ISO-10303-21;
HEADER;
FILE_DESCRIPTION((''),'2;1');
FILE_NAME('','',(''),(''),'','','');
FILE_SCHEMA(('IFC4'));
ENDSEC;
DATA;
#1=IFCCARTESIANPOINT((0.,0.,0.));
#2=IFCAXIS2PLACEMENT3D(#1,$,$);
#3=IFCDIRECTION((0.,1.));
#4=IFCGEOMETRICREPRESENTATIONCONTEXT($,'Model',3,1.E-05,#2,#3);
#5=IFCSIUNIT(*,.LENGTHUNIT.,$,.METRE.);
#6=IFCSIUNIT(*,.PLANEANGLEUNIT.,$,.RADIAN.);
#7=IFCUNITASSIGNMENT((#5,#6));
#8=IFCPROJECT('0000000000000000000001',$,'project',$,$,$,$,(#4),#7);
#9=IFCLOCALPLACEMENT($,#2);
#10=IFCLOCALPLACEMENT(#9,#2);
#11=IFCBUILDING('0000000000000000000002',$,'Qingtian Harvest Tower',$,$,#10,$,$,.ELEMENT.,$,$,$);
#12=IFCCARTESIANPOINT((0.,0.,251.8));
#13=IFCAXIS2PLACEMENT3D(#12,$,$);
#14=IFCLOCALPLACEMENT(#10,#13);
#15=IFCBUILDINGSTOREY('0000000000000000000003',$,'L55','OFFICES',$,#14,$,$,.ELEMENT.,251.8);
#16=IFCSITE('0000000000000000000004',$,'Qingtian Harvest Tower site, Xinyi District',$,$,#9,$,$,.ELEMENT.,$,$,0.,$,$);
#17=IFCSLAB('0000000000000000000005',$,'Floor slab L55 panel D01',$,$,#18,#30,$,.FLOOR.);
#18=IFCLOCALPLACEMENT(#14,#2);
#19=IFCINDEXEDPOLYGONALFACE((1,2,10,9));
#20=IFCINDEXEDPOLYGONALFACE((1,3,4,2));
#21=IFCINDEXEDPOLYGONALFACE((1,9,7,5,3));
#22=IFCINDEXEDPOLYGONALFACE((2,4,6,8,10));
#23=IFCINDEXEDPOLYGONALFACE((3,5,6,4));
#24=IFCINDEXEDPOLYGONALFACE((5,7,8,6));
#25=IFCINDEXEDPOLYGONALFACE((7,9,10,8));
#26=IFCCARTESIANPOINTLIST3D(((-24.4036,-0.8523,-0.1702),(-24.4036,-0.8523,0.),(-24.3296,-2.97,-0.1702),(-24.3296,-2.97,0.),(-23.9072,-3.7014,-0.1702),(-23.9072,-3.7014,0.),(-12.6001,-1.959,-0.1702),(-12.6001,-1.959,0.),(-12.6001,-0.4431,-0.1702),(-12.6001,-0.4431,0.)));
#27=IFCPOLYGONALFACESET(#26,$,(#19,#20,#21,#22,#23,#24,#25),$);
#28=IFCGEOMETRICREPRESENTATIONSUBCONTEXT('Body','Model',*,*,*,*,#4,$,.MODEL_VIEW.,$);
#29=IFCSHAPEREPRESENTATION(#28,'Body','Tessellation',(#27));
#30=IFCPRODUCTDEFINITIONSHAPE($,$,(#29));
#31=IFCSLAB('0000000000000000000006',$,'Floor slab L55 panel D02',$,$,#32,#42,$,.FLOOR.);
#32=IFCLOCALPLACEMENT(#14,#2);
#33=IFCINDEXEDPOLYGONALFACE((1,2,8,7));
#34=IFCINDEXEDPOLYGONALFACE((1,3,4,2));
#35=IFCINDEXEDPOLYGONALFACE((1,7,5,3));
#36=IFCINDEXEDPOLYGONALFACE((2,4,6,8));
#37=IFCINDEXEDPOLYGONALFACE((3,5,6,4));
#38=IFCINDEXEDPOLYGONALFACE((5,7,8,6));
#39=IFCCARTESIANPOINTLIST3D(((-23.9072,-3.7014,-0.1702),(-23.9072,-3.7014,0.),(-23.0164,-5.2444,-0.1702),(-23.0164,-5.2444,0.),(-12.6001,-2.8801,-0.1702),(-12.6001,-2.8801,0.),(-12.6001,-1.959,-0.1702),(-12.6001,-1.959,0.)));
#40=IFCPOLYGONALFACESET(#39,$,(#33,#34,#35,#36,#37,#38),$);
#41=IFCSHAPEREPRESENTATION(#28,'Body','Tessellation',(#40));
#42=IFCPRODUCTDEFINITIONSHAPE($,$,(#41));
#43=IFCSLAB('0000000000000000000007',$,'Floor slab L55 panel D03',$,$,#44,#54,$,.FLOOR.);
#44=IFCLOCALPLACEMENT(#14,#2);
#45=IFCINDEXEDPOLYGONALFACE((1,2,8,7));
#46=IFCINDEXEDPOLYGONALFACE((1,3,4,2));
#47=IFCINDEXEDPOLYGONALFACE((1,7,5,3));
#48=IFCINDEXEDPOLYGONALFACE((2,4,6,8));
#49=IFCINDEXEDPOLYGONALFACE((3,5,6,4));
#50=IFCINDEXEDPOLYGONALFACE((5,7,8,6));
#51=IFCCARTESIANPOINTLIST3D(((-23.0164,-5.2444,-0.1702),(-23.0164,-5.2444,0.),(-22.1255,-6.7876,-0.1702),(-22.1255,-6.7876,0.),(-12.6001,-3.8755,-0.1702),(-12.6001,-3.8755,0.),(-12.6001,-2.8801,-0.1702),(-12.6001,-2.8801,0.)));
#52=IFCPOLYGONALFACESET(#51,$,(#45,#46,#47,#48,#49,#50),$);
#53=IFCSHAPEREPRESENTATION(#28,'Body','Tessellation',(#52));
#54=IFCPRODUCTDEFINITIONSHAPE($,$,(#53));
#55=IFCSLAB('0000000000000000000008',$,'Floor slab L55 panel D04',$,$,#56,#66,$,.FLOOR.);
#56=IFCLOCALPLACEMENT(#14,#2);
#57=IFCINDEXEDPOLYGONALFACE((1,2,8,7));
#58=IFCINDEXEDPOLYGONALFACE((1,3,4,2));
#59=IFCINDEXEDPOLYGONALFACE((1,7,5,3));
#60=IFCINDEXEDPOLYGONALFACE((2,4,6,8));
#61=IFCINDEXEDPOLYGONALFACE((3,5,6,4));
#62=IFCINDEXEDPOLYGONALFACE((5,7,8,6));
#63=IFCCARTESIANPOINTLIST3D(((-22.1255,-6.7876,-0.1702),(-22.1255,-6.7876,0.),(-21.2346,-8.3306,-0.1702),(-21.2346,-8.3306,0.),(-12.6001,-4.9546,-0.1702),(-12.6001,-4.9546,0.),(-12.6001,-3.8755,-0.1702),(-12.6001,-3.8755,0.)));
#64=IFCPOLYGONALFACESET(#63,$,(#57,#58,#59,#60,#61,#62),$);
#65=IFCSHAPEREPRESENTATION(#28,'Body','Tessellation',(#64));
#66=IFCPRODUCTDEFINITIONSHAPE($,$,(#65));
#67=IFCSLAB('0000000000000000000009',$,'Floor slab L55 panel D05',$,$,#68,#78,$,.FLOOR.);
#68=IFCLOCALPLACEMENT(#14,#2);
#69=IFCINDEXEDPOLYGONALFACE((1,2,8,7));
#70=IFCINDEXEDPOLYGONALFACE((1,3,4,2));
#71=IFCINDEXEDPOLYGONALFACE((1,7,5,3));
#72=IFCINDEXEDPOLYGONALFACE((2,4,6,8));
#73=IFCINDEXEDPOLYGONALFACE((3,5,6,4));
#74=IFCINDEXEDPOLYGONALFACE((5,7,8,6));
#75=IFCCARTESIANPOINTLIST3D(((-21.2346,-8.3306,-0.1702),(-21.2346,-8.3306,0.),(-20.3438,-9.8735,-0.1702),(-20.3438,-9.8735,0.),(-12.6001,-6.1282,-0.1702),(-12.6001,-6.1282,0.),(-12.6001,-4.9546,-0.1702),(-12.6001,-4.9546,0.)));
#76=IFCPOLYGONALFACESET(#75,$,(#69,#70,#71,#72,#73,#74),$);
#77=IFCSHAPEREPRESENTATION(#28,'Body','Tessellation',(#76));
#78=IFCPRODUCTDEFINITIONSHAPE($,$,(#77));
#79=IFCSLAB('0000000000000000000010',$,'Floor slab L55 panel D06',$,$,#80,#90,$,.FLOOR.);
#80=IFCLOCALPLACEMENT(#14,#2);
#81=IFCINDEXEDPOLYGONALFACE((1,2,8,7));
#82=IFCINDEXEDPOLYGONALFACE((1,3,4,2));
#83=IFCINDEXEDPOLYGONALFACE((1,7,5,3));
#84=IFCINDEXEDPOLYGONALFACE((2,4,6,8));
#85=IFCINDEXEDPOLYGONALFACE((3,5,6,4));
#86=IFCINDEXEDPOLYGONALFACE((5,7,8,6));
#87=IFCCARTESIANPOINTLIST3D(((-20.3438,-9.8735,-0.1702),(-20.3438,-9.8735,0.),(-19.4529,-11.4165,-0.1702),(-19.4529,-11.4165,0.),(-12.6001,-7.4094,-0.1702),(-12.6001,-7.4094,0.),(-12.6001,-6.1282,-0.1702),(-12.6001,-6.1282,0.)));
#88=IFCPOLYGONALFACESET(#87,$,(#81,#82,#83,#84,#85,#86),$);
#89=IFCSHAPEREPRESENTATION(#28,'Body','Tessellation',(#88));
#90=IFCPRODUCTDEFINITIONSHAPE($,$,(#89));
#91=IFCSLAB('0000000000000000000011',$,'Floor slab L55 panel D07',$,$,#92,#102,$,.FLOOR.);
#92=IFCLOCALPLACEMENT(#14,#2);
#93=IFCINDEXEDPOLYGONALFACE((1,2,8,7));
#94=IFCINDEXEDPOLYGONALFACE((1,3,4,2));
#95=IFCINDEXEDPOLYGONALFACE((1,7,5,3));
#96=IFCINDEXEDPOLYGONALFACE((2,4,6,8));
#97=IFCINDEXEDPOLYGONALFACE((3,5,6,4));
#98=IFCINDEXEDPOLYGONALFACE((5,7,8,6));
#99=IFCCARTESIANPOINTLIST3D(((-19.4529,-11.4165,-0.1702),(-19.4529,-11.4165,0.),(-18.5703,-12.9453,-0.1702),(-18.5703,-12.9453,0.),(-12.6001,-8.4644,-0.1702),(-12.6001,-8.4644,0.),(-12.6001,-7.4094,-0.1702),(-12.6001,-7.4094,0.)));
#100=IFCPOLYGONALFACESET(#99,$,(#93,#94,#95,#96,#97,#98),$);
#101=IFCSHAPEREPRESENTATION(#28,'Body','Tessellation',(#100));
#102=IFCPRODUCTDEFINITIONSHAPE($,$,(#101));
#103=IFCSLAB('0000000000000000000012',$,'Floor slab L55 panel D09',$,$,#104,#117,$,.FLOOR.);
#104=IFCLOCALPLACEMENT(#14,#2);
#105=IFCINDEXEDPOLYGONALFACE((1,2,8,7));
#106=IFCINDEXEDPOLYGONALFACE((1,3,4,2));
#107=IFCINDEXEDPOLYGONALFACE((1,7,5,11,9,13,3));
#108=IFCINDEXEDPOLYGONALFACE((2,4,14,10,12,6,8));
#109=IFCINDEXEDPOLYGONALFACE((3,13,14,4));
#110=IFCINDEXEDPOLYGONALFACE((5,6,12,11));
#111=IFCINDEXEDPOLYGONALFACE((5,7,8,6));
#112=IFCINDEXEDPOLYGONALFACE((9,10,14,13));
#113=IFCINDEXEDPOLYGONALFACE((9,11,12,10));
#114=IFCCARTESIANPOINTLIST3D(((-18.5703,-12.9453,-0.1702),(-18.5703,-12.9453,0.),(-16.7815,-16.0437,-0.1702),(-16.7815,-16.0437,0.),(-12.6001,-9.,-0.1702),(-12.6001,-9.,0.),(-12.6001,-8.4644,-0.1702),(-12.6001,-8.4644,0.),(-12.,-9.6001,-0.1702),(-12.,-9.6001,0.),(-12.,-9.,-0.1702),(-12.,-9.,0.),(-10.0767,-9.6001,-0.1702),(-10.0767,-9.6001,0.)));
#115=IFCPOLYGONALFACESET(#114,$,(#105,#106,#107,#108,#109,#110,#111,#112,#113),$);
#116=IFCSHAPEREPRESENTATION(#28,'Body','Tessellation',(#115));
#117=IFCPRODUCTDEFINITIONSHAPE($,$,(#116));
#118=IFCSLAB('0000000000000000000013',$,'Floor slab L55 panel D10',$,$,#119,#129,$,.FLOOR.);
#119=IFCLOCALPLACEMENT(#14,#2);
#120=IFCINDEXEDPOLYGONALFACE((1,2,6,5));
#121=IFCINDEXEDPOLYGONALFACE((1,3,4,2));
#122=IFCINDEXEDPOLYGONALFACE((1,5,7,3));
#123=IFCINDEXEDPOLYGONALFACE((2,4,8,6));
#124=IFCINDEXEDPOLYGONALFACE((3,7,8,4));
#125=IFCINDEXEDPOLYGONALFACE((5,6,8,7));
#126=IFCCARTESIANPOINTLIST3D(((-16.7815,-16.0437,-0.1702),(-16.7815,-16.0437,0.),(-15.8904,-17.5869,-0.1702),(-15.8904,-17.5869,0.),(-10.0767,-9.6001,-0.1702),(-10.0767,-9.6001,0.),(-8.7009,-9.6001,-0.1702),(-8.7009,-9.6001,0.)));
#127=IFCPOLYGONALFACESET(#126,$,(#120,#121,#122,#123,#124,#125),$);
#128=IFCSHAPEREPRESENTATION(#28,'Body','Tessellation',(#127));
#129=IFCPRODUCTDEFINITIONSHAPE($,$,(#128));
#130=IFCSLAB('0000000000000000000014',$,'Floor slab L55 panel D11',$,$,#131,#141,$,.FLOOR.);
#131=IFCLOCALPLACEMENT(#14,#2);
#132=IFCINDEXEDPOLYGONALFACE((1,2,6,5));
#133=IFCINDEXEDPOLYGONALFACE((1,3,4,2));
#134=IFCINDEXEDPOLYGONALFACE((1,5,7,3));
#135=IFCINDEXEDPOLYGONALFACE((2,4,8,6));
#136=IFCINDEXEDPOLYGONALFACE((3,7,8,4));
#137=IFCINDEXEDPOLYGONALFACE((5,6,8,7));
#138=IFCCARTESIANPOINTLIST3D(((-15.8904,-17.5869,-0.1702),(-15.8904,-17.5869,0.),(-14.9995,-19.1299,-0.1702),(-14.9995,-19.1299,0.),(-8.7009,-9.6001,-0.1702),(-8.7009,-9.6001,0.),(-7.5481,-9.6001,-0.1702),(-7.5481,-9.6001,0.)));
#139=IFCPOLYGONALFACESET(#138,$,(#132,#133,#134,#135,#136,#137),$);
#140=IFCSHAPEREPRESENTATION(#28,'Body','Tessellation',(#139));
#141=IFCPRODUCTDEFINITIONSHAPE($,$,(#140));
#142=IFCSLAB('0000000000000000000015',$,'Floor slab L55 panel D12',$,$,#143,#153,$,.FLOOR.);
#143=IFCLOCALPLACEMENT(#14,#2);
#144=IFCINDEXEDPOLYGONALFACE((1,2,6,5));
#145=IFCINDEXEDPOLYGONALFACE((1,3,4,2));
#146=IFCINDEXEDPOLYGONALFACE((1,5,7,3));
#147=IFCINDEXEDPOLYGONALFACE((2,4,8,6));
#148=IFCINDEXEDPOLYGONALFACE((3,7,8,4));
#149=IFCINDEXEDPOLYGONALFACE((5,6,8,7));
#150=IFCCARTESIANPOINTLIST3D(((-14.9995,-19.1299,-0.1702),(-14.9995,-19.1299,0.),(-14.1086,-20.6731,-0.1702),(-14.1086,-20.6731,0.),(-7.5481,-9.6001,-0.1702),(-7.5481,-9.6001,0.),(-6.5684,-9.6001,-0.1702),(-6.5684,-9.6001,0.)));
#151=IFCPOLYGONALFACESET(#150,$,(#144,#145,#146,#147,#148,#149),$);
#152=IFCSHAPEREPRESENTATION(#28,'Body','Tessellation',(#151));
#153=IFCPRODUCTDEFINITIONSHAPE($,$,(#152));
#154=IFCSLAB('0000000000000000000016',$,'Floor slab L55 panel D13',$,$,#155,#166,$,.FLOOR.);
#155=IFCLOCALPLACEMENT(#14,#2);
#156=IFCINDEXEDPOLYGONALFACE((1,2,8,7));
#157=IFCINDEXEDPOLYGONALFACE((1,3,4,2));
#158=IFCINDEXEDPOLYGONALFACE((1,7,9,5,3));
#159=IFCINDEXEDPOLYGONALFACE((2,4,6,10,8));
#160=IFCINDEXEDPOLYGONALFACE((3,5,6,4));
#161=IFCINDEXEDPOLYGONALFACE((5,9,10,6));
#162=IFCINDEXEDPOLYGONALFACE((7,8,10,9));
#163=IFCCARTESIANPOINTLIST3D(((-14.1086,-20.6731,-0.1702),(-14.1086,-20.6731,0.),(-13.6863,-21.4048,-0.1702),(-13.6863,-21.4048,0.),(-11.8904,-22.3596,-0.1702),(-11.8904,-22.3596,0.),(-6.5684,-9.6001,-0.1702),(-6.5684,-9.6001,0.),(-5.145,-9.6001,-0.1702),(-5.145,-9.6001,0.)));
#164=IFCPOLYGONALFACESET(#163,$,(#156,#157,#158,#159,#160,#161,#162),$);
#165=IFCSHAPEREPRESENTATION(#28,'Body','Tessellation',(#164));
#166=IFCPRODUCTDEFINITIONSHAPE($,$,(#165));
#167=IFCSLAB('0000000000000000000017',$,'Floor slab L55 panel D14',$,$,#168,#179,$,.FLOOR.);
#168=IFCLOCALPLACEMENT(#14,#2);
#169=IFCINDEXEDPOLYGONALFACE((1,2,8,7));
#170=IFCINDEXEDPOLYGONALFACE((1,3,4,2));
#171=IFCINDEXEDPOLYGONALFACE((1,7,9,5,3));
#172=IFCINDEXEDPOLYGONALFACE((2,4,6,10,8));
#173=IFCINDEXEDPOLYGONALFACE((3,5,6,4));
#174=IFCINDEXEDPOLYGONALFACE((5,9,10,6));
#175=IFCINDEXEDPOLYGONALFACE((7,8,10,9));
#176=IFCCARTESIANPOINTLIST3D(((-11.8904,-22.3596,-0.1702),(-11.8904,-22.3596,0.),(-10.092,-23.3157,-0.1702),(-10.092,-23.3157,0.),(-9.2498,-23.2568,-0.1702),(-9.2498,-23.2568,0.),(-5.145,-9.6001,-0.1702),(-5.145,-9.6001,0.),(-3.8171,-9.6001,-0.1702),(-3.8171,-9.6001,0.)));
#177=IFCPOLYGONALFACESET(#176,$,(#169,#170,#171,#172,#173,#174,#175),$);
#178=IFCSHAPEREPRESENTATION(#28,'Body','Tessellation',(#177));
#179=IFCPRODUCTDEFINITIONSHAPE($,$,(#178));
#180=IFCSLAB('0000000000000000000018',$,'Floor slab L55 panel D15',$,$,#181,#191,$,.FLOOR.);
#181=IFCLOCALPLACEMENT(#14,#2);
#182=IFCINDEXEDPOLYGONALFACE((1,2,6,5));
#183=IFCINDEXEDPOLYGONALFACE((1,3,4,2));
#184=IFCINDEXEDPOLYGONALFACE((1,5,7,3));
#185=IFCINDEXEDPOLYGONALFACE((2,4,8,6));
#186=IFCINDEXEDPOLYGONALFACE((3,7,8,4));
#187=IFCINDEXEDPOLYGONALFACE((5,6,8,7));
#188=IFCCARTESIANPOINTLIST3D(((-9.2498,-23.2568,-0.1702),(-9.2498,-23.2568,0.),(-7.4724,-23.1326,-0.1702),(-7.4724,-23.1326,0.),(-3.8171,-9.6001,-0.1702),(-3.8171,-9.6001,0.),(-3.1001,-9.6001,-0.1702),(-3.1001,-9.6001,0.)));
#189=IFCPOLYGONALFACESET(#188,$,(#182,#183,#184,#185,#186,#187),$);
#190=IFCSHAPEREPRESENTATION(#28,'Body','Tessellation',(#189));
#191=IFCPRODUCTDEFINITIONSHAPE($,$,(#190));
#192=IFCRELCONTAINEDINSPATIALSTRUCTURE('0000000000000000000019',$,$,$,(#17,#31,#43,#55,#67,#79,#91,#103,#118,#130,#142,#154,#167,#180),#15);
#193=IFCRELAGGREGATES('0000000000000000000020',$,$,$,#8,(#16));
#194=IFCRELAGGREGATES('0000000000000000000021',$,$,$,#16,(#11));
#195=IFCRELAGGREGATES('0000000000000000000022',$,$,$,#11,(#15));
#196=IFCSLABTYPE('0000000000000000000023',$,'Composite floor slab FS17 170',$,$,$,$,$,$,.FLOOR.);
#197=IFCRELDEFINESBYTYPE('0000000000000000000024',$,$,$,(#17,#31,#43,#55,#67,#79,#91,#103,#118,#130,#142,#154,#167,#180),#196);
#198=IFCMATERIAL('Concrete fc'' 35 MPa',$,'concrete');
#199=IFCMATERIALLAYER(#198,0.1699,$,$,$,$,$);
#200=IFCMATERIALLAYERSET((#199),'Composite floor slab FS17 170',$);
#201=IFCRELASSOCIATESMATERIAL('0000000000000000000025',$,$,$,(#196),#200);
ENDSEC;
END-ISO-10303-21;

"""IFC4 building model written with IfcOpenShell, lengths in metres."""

from ifc_helpers import new_model, si_unit, direction, frame, origin, place, context, subcontext, project, spatial, polyline, outline, extrude, material, layer, layer_set, type_object, element, save


model = new_model("IFC4")

# Units and contexts
model_context = context("Model", 3, precision=1e-05, world=origin(), true_north=direction((0.0, 1.0)))
body_context = subcontext(model_context, "Body", "Model", "MODEL_VIEW")
ifc_project = project(units=[si_unit("LENGTHUNIT", "METRE"), si_unit("PLANEANGLEUNIT", "RADIAN")], contexts=[model_context])

# Site, building, storey
site_placement = place(None, origin())
site = spatial("IfcSite", under=ifc_project, at=site_placement, Name="Qingtian Harvest Tower site, Xinyi District", CompositionType="ELEMENT", RefElevation=0.0)
building_placement = place(site_placement, origin())
building = spatial("IfcBuilding", under=site, at=building_placement, Name="Qingtian Harvest Tower", CompositionType="ELEMENT")
storey_placement = place(building_placement, frame((0.0, 0.0, 251.8)))
storey = spatial("IfcBuildingStorey", under=building, at=storey_placement, Name="L55", Description="OFFICES", CompositionType="ELEMENT", Elevation=251.8)

# Slabs
ifc_material_1 = material(Name="Concrete fc' 35 MPa", Category="concrete")
ifc_layer_1 = layer(ifc_material_1, 0.1699)
ifc_layer_set_1 = layer_set([ifc_layer_1], Name="Composite floor slab FS17 170")
slab_type_1 = type_object("IfcSlabType", Name="Composite floor slab FS17 170", PredefinedType="FLOOR", material=ifc_layer_set_1)
slab_1_placement = place(storey_placement, frame((0.0, 0.0, -0.1702)))
element("IfcSlab", 1, at=slab_1_placement, inside=storey, type_object=slab_type_1, Name="Floor slab L55 panel D01", PredefinedType="FLOOR", context=body_context, shape_type="SweptSolid", body=[
    extrude(outline(polyline([(-24.4036, -0.8523), (-12.6001, -0.4431), (-12.6001, -1.959), (-23.9072, -3.7014), (-24.3296, -2.97), (-24.4036, -0.8523)])), origin(), (0.0, 0.0, 1.0), 0.1702),
])
slab_2_placement = place(storey_placement, frame((0.0, 0.0, -0.1702)))
element("IfcSlab", 2, at=slab_2_placement, inside=storey, type_object=slab_type_1, Name="Floor slab L55 panel D02", PredefinedType="FLOOR", context=body_context, shape_type="SweptSolid", body=[
    extrude(outline(polyline([(-12.6001, -2.8801), (-23.0164, -5.2444), (-23.9072, -3.7014), (-12.6001, -1.959), (-12.6001, -2.8801)])), origin(), (0.0, 0.0, 1.0), 0.1702),
])
slab_3_placement = place(storey_placement, frame((0.0, 0.0, -0.1702)))
element("IfcSlab", 3, at=slab_3_placement, inside=storey, type_object=slab_type_1, Name="Floor slab L55 panel D03", PredefinedType="FLOOR", context=body_context, shape_type="SweptSolid", body=[
    extrude(outline(polyline([(-12.6001, -3.8755), (-22.1255, -6.7876), (-23.0164, -5.2444), (-12.6001, -2.8801), (-12.6001, -3.8755)])), origin(), (0.0, 0.0, 1.0), 0.1702),
])
slab_4_placement = place(storey_placement, frame((0.0, 0.0, -0.1702)))
element("IfcSlab", 4, at=slab_4_placement, inside=storey, type_object=slab_type_1, Name="Floor slab L55 panel D04", PredefinedType="FLOOR", context=body_context, shape_type="SweptSolid", body=[
    extrude(outline(polyline([(-12.6001, -4.9546), (-21.2346, -8.3306), (-22.1255, -6.7876), (-12.6001, -3.8755), (-12.6001, -4.9546)])), origin(), (0.0, 0.0, 1.0), 0.1702),
])
slab_5_placement = place(storey_placement, frame((0.0, 0.0, -0.1702)))
element("IfcSlab", 5, at=slab_5_placement, inside=storey, type_object=slab_type_1, Name="Floor slab L55 panel D05", PredefinedType="FLOOR", context=body_context, shape_type="SweptSolid", body=[
    extrude(outline(polyline([(-12.6001, -6.1282), (-20.3438, -9.8735), (-21.2346, -8.3306), (-12.6001, -4.9546), (-12.6001, -6.1282)])), origin(), (0.0, 0.0, 1.0), 0.1702),
])
slab_6_placement = place(storey_placement, frame((0.0, 0.0, -0.1702)))
element("IfcSlab", 6, at=slab_6_placement, inside=storey, type_object=slab_type_1, Name="Floor slab L55 panel D06", PredefinedType="FLOOR", context=body_context, shape_type="SweptSolid", body=[
    extrude(outline(polyline([(-12.6001, -7.4094), (-19.4529, -11.4165), (-20.3438, -9.8735), (-12.6001, -6.1282), (-12.6001, -7.4094)])), origin(), (0.0, 0.0, 1.0), 0.1702),
])
slab_7_placement = place(storey_placement, frame((0.0, 0.0, -0.1702)))
element("IfcSlab", 7, at=slab_7_placement, inside=storey, type_object=slab_type_1, Name="Floor slab L55 panel D07", PredefinedType="FLOOR", context=body_context, shape_type="SweptSolid", body=[
    extrude(outline(polyline([(-12.6001, -8.4644), (-18.5703, -12.9453), (-19.4529, -11.4165), (-12.6001, -7.4094), (-12.6001, -8.4644)])), origin(), (0.0, 0.0, 1.0), 0.1702),
])
slab_8_placement = place(storey_placement, frame((0.0, 0.0, -0.1702)))
element("IfcSlab", 8, at=slab_8_placement, inside=storey, type_object=slab_type_1, Name="Floor slab L55 panel D09", PredefinedType="FLOOR", context=body_context, shape_type="SweptSolid", body=[
    extrude(outline(polyline([(-16.7815, -16.0437), (-18.5703, -12.9453), (-12.6001, -8.4644), (-12.6001, -9.0), (-12.0, -9.0), (-12.0, -9.6001), (-10.0767, -9.6001), (-16.7815, -16.0437)])), origin(), (0.0, 0.0, 1.0), 0.1702),
])
slab_9_placement = place(storey_placement, frame((0.0, 0.0, -0.1702)))
element("IfcSlab", 9, at=slab_9_placement, inside=storey, type_object=slab_type_1, Name="Floor slab L55 panel D10", PredefinedType="FLOOR", context=body_context, shape_type="SweptSolid", body=[
    extrude(outline(polyline([(-8.7009, -9.6001), (-15.8904, -17.5869), (-16.7815, -16.0437), (-10.0767, -9.6001), (-8.7009, -9.6001)])), origin(), (0.0, 0.0, 1.0), 0.1702),
])
slab_10_placement = place(storey_placement, frame((0.0, 0.0, -0.1702)))
element("IfcSlab", 10, at=slab_10_placement, inside=storey, type_object=slab_type_1, Name="Floor slab L55 panel D11", PredefinedType="FLOOR", context=body_context, shape_type="SweptSolid", body=[
    extrude(outline(polyline([(-7.5481, -9.6001), (-14.9995, -19.1299), (-15.8904, -17.5869), (-8.7009, -9.6001), (-7.5481, -9.6001)])), origin(), (0.0, 0.0, 1.0), 0.1702),
])
slab_11_placement = place(storey_placement, frame((0.0, 0.0, -0.1702)))
element("IfcSlab", 11, at=slab_11_placement, inside=storey, type_object=slab_type_1, Name="Floor slab L55 panel D12", PredefinedType="FLOOR", context=body_context, shape_type="SweptSolid", body=[
    extrude(outline(polyline([(-6.5684, -9.6001), (-14.1086, -20.6731), (-14.9995, -19.1299), (-7.5481, -9.6001), (-6.5684, -9.6001)])), origin(), (0.0, 0.0, 1.0), 0.1702),
])
slab_12_placement = place(storey_placement, frame((0.0, 0.0, -0.1702)))
element("IfcSlab", 12, at=slab_12_placement, inside=storey, type_object=slab_type_1, Name="Floor slab L55 panel D13", PredefinedType="FLOOR", context=body_context, shape_type="SweptSolid", body=[
    extrude(outline(polyline([(-6.5684, -9.6001), (-5.145, -9.6001), (-11.8904, -22.3596), (-13.6863, -21.4048), (-14.1086, -20.6731), (-6.5684, -9.6001)])), origin(), (0.0, 0.0, 1.0), 0.1702),
])
slab_13_placement = place(storey_placement, frame((0.0, 0.0, -0.1702)))
element("IfcSlab", 13, at=slab_13_placement, inside=storey, type_object=slab_type_1, Name="Floor slab L55 panel D14", PredefinedType="FLOOR", context=body_context, shape_type="SweptSolid", body=[
    extrude(outline(polyline([(-5.145, -9.6001), (-3.8171, -9.6001), (-9.2498, -23.2568), (-10.092, -23.3157), (-11.8904, -22.3596), (-5.145, -9.6001)])), origin(), (0.0, 0.0, 1.0), 0.1702),
])
slab_14_placement = place(storey_placement, frame((0.0, 0.0, -0.1702)))
element("IfcSlab", 14, at=slab_14_placement, inside=storey, type_object=slab_type_1, Name="Floor slab L55 panel D15", PredefinedType="FLOOR", context=body_context, shape_type="SweptSolid", body=[
    extrude(outline(polyline([(-3.1001, -9.6001), (-7.4724, -23.1326), (-9.2498, -23.2568), (-3.8171, -9.6001), (-3.1001, -9.6001)])), origin(), (0.0, 0.0, 1.0), 0.1702),
])

save(model, "model.ifc")
